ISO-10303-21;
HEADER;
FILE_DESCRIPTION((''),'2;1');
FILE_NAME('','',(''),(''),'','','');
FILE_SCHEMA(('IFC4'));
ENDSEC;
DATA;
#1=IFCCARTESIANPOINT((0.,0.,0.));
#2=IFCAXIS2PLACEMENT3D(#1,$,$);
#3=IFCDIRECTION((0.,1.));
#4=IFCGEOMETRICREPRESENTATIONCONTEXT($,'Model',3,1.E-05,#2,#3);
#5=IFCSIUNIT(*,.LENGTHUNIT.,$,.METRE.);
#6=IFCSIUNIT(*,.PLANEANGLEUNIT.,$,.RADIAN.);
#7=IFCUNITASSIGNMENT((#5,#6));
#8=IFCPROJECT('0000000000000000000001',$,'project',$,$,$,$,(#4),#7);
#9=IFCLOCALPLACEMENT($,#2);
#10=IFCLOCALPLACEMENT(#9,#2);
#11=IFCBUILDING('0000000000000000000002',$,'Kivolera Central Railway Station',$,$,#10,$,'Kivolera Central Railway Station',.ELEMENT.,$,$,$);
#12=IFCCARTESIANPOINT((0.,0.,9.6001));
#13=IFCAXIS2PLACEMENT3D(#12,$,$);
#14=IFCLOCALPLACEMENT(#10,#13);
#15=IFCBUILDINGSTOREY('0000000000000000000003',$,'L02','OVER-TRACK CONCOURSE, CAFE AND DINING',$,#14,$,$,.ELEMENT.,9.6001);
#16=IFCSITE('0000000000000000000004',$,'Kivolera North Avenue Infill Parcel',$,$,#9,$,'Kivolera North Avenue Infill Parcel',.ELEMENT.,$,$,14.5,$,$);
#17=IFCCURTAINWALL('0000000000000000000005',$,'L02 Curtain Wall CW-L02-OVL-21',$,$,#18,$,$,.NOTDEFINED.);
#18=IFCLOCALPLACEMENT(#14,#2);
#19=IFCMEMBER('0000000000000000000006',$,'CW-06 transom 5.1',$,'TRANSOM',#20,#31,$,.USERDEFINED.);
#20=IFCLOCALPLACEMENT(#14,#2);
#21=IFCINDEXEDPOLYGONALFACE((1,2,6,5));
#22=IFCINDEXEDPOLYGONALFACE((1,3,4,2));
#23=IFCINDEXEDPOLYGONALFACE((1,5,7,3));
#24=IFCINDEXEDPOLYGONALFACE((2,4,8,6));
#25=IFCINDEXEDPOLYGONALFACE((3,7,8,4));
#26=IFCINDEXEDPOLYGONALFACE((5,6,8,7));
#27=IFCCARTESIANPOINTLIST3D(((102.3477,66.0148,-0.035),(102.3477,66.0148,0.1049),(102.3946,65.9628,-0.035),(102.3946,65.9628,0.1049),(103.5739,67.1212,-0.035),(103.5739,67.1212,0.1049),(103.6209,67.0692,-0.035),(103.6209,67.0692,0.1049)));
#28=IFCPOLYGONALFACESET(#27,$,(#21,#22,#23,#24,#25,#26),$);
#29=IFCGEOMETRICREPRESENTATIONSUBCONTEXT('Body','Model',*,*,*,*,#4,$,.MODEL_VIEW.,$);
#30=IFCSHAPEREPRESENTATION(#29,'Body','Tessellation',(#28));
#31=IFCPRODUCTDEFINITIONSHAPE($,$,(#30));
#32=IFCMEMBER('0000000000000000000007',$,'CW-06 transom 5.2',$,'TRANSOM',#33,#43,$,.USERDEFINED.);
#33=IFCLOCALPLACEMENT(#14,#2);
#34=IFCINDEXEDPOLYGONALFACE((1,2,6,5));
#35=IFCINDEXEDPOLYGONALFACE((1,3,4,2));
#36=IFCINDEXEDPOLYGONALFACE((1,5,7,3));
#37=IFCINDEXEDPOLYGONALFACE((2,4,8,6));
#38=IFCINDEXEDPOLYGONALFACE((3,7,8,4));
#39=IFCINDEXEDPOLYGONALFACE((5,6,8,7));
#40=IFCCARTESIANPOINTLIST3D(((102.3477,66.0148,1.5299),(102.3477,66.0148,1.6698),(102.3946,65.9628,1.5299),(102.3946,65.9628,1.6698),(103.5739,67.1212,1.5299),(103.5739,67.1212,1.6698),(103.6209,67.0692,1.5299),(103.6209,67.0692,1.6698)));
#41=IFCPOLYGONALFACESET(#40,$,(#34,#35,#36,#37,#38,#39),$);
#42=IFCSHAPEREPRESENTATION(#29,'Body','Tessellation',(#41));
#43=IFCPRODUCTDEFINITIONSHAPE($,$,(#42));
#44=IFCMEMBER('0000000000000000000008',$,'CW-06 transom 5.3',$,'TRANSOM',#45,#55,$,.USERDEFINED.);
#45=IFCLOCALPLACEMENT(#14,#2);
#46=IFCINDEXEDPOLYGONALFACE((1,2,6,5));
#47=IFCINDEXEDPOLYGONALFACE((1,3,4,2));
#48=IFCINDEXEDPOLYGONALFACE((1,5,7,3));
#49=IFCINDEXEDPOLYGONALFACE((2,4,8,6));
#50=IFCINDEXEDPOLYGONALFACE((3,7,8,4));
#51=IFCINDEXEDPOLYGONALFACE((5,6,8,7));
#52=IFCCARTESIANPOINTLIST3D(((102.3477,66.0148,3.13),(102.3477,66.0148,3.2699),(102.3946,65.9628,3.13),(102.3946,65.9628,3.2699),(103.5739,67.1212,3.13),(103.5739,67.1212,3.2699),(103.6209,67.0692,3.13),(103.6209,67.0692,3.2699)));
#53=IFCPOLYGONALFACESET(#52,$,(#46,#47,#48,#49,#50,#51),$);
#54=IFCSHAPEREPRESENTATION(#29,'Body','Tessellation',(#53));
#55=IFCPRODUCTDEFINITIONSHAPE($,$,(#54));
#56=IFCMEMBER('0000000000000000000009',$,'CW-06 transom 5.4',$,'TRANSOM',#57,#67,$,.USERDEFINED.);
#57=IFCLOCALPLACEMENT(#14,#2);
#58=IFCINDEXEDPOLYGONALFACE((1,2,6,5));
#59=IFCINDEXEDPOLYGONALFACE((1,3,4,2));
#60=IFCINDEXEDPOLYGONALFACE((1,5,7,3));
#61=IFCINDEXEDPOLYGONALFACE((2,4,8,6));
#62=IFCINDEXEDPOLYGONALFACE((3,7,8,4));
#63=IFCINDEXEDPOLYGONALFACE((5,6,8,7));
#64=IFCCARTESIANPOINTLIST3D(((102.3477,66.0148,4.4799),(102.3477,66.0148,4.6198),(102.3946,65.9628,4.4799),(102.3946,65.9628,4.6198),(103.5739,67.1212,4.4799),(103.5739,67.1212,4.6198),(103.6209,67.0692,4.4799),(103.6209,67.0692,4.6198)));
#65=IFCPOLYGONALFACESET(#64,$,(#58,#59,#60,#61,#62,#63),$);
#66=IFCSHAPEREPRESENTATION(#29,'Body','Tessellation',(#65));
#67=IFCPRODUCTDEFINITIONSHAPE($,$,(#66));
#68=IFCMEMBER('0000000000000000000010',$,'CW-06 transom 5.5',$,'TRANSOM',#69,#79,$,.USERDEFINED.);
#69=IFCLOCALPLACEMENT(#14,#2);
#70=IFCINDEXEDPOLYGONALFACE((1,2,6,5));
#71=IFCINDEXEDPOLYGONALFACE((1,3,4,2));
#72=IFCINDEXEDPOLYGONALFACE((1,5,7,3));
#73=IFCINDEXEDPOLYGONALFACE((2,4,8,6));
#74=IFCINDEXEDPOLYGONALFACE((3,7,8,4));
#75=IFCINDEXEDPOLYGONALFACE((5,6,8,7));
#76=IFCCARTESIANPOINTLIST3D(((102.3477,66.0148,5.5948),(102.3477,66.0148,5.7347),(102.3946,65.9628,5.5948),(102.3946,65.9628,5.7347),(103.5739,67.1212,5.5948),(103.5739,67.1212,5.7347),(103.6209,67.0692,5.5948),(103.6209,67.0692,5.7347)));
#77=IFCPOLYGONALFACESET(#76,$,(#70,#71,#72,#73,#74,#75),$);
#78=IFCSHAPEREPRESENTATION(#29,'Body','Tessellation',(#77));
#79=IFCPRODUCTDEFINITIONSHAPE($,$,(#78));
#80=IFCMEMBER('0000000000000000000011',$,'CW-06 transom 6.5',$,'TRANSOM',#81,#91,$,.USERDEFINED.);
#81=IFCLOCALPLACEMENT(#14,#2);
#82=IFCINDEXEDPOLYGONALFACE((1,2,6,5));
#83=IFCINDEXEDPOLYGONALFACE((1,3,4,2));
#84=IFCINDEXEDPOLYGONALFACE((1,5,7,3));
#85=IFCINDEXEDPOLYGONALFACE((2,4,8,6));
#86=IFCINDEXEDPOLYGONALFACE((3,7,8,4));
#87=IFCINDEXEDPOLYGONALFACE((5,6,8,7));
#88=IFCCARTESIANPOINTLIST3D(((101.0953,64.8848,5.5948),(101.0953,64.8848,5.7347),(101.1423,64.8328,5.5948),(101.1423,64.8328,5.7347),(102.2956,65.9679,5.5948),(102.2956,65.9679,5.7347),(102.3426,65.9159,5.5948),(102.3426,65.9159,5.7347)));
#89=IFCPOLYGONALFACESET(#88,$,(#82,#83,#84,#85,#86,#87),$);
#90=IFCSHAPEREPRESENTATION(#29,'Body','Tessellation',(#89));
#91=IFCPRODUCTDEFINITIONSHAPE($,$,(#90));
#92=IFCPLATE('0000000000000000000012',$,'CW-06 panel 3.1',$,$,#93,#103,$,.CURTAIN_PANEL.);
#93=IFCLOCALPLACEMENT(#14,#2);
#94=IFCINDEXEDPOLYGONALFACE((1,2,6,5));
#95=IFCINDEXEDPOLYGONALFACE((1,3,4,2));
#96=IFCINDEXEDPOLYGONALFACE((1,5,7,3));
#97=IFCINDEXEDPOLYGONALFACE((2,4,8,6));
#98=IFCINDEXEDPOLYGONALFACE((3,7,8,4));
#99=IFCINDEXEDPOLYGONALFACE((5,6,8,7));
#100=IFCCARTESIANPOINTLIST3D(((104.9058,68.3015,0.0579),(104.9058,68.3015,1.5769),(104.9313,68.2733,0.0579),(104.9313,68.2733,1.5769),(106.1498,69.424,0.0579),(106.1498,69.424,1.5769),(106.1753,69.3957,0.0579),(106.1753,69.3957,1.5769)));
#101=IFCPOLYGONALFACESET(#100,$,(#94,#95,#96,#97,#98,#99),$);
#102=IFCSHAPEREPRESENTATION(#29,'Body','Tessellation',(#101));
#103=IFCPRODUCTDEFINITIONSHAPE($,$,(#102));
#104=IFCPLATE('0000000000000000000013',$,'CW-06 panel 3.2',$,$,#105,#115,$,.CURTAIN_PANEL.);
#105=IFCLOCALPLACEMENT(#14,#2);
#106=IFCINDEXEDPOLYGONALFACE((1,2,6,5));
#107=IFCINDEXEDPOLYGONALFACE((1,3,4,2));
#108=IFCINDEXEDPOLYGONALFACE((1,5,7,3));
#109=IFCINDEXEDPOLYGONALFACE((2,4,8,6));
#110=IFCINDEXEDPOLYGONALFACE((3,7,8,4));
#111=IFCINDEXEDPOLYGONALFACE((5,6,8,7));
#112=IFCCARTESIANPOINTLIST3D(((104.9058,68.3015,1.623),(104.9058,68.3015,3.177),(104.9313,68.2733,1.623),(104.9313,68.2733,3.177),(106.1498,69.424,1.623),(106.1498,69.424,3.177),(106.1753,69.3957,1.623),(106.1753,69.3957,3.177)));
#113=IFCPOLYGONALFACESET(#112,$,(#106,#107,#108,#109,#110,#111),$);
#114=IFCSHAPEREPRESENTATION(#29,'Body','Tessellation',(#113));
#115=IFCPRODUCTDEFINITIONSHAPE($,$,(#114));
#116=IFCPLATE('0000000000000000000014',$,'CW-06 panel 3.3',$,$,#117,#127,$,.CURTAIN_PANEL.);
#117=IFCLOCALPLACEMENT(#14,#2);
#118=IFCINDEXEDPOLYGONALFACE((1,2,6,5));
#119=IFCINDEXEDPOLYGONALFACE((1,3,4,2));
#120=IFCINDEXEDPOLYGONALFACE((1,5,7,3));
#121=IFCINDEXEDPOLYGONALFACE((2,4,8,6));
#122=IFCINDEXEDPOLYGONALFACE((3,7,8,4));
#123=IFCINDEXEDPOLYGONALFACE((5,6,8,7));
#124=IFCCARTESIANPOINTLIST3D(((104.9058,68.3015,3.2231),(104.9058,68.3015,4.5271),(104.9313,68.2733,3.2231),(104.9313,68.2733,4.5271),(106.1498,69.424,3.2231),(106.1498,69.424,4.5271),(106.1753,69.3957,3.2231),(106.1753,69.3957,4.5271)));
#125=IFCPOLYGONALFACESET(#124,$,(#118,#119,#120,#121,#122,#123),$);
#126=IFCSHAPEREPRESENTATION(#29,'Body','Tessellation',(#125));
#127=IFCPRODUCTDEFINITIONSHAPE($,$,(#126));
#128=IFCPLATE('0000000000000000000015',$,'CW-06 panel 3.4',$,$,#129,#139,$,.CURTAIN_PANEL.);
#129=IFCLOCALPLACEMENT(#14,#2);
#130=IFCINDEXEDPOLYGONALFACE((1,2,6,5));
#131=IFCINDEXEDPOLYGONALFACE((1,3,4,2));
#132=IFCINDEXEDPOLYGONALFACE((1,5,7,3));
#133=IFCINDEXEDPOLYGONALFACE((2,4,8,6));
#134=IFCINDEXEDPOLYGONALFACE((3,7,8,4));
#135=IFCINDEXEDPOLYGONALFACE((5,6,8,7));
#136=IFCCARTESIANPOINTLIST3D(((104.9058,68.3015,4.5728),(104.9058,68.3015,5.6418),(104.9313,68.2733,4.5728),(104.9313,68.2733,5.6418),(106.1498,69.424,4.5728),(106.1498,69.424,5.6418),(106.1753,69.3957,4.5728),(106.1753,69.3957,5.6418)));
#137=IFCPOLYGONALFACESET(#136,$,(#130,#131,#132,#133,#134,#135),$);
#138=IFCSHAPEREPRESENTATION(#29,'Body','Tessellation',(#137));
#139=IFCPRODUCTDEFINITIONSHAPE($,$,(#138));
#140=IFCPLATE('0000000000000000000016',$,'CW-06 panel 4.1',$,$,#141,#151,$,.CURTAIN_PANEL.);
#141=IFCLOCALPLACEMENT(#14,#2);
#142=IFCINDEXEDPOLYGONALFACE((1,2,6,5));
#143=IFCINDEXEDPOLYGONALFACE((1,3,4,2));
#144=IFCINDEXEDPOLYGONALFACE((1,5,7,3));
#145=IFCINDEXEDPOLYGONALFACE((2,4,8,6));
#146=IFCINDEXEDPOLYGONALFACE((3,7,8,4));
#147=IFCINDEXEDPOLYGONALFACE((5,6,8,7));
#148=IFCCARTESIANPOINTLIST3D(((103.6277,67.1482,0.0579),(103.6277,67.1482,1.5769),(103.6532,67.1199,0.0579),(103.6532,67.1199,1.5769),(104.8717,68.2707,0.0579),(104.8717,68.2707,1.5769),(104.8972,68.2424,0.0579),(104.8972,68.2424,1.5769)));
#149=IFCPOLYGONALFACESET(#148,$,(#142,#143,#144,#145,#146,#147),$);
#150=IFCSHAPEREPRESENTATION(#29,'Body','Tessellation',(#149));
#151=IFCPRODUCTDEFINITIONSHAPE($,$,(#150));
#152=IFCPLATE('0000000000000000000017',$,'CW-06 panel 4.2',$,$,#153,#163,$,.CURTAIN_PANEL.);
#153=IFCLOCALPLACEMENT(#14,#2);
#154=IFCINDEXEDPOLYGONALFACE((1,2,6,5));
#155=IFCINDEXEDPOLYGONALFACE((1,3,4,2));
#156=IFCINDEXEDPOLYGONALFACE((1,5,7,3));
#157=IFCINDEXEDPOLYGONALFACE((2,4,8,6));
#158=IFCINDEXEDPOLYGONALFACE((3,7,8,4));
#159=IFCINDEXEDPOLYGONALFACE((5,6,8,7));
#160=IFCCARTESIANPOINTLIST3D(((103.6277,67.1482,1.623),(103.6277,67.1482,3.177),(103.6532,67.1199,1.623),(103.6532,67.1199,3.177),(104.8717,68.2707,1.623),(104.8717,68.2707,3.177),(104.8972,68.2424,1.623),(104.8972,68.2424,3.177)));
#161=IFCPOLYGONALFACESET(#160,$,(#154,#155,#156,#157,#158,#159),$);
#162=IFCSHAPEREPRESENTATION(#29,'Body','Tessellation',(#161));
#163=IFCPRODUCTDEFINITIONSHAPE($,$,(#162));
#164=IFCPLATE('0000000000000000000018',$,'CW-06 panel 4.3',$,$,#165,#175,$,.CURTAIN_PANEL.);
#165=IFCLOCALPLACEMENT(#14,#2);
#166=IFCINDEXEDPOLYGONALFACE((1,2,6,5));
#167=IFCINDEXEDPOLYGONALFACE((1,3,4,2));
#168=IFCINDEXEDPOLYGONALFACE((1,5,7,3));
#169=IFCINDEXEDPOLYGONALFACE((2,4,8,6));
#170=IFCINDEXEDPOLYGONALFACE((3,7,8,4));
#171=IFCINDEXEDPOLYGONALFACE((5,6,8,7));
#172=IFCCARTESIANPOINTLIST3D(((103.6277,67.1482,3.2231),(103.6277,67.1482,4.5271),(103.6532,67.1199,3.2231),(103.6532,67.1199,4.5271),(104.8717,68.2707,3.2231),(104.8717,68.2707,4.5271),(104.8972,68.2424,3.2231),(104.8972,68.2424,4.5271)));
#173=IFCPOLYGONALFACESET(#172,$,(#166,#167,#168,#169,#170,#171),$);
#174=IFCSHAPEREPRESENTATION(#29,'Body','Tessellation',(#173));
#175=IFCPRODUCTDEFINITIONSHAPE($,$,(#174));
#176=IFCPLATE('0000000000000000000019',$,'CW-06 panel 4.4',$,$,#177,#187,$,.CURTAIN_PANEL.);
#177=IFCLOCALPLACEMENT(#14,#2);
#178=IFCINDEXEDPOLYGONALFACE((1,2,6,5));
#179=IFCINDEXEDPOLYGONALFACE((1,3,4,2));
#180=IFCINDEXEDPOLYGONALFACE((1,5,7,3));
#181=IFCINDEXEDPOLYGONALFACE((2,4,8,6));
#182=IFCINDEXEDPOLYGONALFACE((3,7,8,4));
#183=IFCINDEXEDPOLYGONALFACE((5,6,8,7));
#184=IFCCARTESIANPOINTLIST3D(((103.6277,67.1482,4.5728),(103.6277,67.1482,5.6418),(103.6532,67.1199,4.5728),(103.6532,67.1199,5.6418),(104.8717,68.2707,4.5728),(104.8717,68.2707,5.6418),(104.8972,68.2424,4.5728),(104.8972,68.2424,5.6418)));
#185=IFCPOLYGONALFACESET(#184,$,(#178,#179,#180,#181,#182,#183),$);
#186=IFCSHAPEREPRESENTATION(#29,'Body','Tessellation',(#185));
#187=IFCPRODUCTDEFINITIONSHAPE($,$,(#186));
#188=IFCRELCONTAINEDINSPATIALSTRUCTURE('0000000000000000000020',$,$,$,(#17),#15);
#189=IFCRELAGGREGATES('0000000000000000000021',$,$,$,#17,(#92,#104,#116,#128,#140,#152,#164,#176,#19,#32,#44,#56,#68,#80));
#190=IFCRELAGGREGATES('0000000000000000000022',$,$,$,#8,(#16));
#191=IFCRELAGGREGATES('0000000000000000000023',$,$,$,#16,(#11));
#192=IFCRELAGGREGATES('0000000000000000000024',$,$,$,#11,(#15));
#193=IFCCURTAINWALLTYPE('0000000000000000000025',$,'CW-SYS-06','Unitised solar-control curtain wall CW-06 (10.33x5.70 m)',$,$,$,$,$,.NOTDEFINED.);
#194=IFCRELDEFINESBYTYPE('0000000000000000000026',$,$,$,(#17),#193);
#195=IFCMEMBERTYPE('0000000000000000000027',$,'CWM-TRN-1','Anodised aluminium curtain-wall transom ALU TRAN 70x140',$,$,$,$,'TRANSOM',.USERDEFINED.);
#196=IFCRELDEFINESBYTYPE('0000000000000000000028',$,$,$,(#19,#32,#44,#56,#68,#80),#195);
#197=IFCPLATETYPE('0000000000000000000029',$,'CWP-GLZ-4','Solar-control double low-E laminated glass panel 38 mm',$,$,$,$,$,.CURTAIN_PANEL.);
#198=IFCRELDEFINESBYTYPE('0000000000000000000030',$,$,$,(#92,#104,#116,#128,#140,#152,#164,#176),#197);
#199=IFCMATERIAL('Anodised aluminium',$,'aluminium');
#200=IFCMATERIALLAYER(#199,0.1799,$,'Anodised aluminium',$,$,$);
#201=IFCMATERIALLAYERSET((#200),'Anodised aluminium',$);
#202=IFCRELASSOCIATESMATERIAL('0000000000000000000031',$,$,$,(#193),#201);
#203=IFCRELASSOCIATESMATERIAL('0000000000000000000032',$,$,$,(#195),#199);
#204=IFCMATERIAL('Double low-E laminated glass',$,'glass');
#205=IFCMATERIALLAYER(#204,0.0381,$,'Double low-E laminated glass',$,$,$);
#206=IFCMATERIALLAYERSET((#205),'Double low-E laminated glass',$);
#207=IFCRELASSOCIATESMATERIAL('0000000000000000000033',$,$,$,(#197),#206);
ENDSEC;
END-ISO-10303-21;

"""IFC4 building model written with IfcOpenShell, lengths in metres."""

from ifc_helpers import new_model, si_unit, direction, frame, origin, origin_2d, place, context, subcontext, project, spatial, rectangle, extrude, material, layer, layer_set, material_profile, profile_set, type_object, element, aggregate, save


model = new_model("IFC4")

# Units and contexts
model_context = context("Model", 3, precision=1e-05, world=origin(), true_north=direction((0.0, 1.0)))
body_context = subcontext(model_context, "Body", "Model", "MODEL_VIEW")
ifc_project = project(units=[si_unit("LENGTHUNIT", "METRE"), si_unit("PLANEANGLEUNIT", "RADIAN")], contexts=[model_context])

# Site, building, storey
site_placement = place(None, origin())
site = spatial("IfcSite", under=ifc_project, at=site_placement, Name="Kivolera North Avenue Infill Parcel", LongName="Kivolera North Avenue Infill Parcel", CompositionType="ELEMENT", RefElevation=14.5)
building_placement = place(site_placement, origin())
building = spatial("IfcBuilding", under=site, at=building_placement, Name="Kivolera Central Railway Station", LongName="Kivolera Central Railway Station", CompositionType="ELEMENT")
storey_placement = place(building_placement, frame((0.0, 0.0, 9.6001)))
storey = spatial("IfcBuildingStorey", under=building, at=storey_placement, Name="L02", Description="OVER-TRACK CONCOURSE, CAFE AND DINING", CompositionType="ELEMENT", Elevation=9.6001)

# Curtain wall, members, plates
ifc_material_1 = material(Name="Anodised aluminium", Category="aluminium")
ifc_layer_1 = layer(ifc_material_1, 0.1799, Name="Anodised aluminium")
ifc_layer_set_1 = layer_set([ifc_layer_1], Name="Anodised aluminium")
curtain_wall_type = type_object("IfcCurtainWallType", Name="CW-SYS-06", Description="Unitised solar-control curtain wall CW-06 (10.33x5.70 m)", PredefinedType="NOTDEFINED", material=ifc_layer_set_1)
curtain_wall_placement = place(storey_placement, origin())
curtain_wall = element("IfcCurtainWall", 1, at=curtain_wall_placement, inside=storey, type_object=curtain_wall_type, Name="L02 Curtain Wall CW-L02-OVL-21", PredefinedType="NOTDEFINED")
ifc_material_profile_1 = material_profile(ifc_material_1, rectangle(XDim=0.0701, YDim=0.1399, at=origin_2d()), Name="ALU TRAN 70x140")
ifc_profile_set_1 = profile_set([ifc_material_profile_1], Name="Anodised aluminium")
member_type_1 = type_object("IfcMemberType", Name="CWM-TRN-1", Description="Anodised aluminium curtain-wall transom ALU TRAN 70x140", ElementType="TRANSOM", PredefinedType="USERDEFINED", material=ifc_profile_set_1)
member_1_placement = place(storey_placement, frame((103.5974, 67.0952, 0.0349), z_axis=(-0.742463, -0.669887, 0.0), x_axis=(0.669887, -0.742463, 0.0)))
member_1 = element("IfcMember", 2, at=member_1_placement, type_object=member_type_1, Name="CW-06 transom 5.1", ObjectType="TRANSOM", PredefinedType="USERDEFINED", context=body_context, shape_type="SweptSolid", body=[
    extrude(rectangle(XDim=0.0701, YDim=0.1399, at=origin_2d()), origin(), (0.0, 0.0, 1.0), 1.6516),
])
member_2_placement = place(storey_placement, frame((103.5974, 67.0952, 1.5999), z_axis=(-0.742463, -0.669887, 0.0), x_axis=(0.669887, -0.742463, 0.0)))
member_2 = element("IfcMember", 3, at=member_2_placement, type_object=member_type_1, Name="CW-06 transom 5.2", ObjectType="TRANSOM", PredefinedType="USERDEFINED", context=body_context, shape_type="SweptSolid", body=[
    extrude(rectangle(XDim=0.0701, YDim=0.1399, at=origin_2d()), origin(), (0.0, 0.0, 1.0), 1.6516),
])
member_3_placement = place(storey_placement, frame((103.5974, 67.0952, 3.2), z_axis=(-0.742463, -0.669887, 0.0), x_axis=(0.669887, -0.742463, 0.0)))
member_3 = element("IfcMember", 4, at=member_3_placement, type_object=member_type_1, Name="CW-06 transom 5.3", ObjectType="TRANSOM", PredefinedType="USERDEFINED", context=body_context, shape_type="SweptSolid", body=[
    extrude(rectangle(XDim=0.0701, YDim=0.1399, at=origin_2d()), origin(), (0.0, 0.0, 1.0), 1.6516),
])
member_4_placement = place(storey_placement, frame((103.5974, 67.0952, 4.5498), z_axis=(-0.742463, -0.669887, 0.0), x_axis=(0.669887, -0.742463, 0.0)))
member_4 = element("IfcMember", 5, at=member_4_placement, type_object=member_type_1, Name="CW-06 transom 5.4", ObjectType="TRANSOM", PredefinedType="USERDEFINED", context=body_context, shape_type="SweptSolid", body=[
    extrude(rectangle(XDim=0.0701, YDim=0.1399, at=origin_2d()), origin(), (0.0, 0.0, 1.0), 1.6516),
])
member_5_placement = place(storey_placement, frame((103.5974, 67.0952, 5.6648), z_axis=(-0.742463, -0.669887, 0.0), x_axis=(0.669887, -0.742463, 0.0)))
member_5 = element("IfcMember", 6, at=member_5_placement, type_object=member_type_1, Name="CW-06 transom 5.5", ObjectType="TRANSOM", PredefinedType="USERDEFINED", context=body_context, shape_type="SweptSolid", body=[
    extrude(rectangle(XDim=0.0701, YDim=0.1399, at=origin_2d()), origin(), (0.0, 0.0, 1.0), 1.6516),
])
member_6_placement = place(storey_placement, frame((102.3191, 65.9419, 5.6648), z_axis=(-0.742422, -0.669932, 0.0), x_axis=(0.669932, -0.742422, 0.0)))
member_6 = element("IfcMember", 7, at=member_6_placement, type_object=member_type_1, Name="CW-06 transom 6.5", ObjectType="TRANSOM", PredefinedType="USERDEFINED", context=body_context, shape_type="SweptSolid", body=[
    extrude(rectangle(XDim=0.0701, YDim=0.1399, at=origin_2d()), origin(), (0.0, 0.0, 1.0), 1.6167),
])
ifc_material_2 = material(Name="Double low-E laminated glass", Category="glass")
ifc_layer_2 = layer(ifc_material_2, 0.0381, Name="Double low-E laminated glass")
ifc_layer_set_2 = layer_set([ifc_layer_2], Name="Double low-E laminated glass")
plate_type = type_object("IfcPlateType", Name="CWP-GLZ-4", Description="Solar-control double low-E laminated glass panel 38 mm", PredefinedType="CURTAIN_PANEL", material=ifc_layer_set_2)
plate_1_placement = place(storey_placement, frame((105.5405, 68.8486, 0.0579), z_axis=(0.0, 0.0, 1.0), x_axis=(-0.742432, -0.669922, 0.0)))
plate_1 = element("IfcPlate", 8, at=plate_1_placement, type_object=plate_type, Name="CW-06 panel 3.1", PredefinedType="CURTAIN_PANEL", context=body_context, shape_type="SweptSolid", body=[
    extrude(rectangle(XDim=1.6755, YDim=0.0381, at=origin_2d()), origin(), (0.0, 0.0, 1.0), 1.519),
])
plate_2_placement = place(storey_placement, frame((105.5405, 68.8486, 1.623), z_axis=(0.0, 0.0, 1.0), x_axis=(-0.742432, -0.669922, 0.0)))
plate_2 = element("IfcPlate", 9, at=plate_2_placement, type_object=plate_type, Name="CW-06 panel 3.2", PredefinedType="CURTAIN_PANEL", context=body_context, shape_type="SweptSolid", body=[
    extrude(rectangle(XDim=1.6755, YDim=0.0381, at=origin_2d()), origin(), (0.0, 0.0, 1.0), 1.554),
])
plate_3_placement = place(storey_placement, frame((105.5405, 68.8486, 3.2231), z_axis=(0.0, 0.0, 1.0), x_axis=(-0.742432, -0.669922, 0.0)))
plate_3 = element("IfcPlate", 10, at=plate_3_placement, type_object=plate_type, Name="CW-06 panel 3.3", PredefinedType="CURTAIN_PANEL", context=body_context, shape_type="SweptSolid", body=[
    extrude(rectangle(XDim=1.6755, YDim=0.0381, at=origin_2d()), origin(), (0.0, 0.0, 1.0), 1.304),
])
plate_4_placement = place(storey_placement, frame((105.5405, 68.8486, 4.5728), z_axis=(0.0, 0.0, 1.0), x_axis=(-0.742432, -0.669922, 0.0)))
plate_4 = element("IfcPlate", 11, at=plate_4_placement, type_object=plate_type, Name="CW-06 panel 3.4", PredefinedType="CURTAIN_PANEL", context=body_context, shape_type="SweptSolid", body=[
    extrude(rectangle(XDim=1.6755, YDim=0.0381, at=origin_2d()), origin(), (0.0, 0.0, 1.0), 1.0691),
])
plate_5_placement = place(storey_placement, frame((104.2625, 67.6953, 0.0579), z_axis=(0.0, 0.0, 1.0), x_axis=(-0.742432, -0.669922, 0.0)))
plate_5 = element("IfcPlate", 12, at=plate_5_placement, type_object=plate_type, Name="CW-06 panel 4.1", PredefinedType="CURTAIN_PANEL", context=body_context, shape_type="SweptSolid", body=[
    extrude(rectangle(XDim=1.6755, YDim=0.0381, at=origin_2d()), origin(), (0.0, 0.0, 1.0), 1.519),
])
plate_6_placement = place(storey_placement, frame((104.2625, 67.6953, 1.623), z_axis=(0.0, 0.0, 1.0), x_axis=(-0.742432, -0.669922, 0.0)))
plate_6 = element("IfcPlate", 13, at=plate_6_placement, type_object=plate_type, Name="CW-06 panel 4.2", PredefinedType="CURTAIN_PANEL", context=body_context, shape_type="SweptSolid", body=[
    extrude(rectangle(XDim=1.6755, YDim=0.0381, at=origin_2d()), origin(), (0.0, 0.0, 1.0), 1.554),
])
plate_7_placement = place(storey_placement, frame((104.2625, 67.6953, 3.2231), z_axis=(0.0, 0.0, 1.0), x_axis=(-0.742432, -0.669922, 0.0)))
plate_7 = element("IfcPlate", 14, at=plate_7_placement, type_object=plate_type, Name="CW-06 panel 4.3", PredefinedType="CURTAIN_PANEL", context=body_context, shape_type="SweptSolid", body=[
    extrude(rectangle(XDim=1.6755, YDim=0.0381, at=origin_2d()), origin(), (0.0, 0.0, 1.0), 1.304),
])
plate_8_placement = place(storey_placement, frame((104.2625, 67.6953, 4.5728), z_axis=(0.0, 0.0, 1.0), x_axis=(-0.742432, -0.669922, 0.0)))
plate_8 = element("IfcPlate", 15, at=plate_8_placement, type_object=plate_type, Name="CW-06 panel 4.4", PredefinedType="CURTAIN_PANEL", context=body_context, shape_type="SweptSolid", body=[
    extrude(rectangle(XDim=1.6755, YDim=0.0381, at=origin_2d()), origin(), (0.0, 0.0, 1.0), 1.0691),
])
aggregate(curtain_wall, [plate_1, plate_2, plate_3, plate_4, plate_5, plate_6, plate_7, plate_8, member_1, member_2, member_3, member_4, member_5, member_6])

save(model, "model.ifc")
